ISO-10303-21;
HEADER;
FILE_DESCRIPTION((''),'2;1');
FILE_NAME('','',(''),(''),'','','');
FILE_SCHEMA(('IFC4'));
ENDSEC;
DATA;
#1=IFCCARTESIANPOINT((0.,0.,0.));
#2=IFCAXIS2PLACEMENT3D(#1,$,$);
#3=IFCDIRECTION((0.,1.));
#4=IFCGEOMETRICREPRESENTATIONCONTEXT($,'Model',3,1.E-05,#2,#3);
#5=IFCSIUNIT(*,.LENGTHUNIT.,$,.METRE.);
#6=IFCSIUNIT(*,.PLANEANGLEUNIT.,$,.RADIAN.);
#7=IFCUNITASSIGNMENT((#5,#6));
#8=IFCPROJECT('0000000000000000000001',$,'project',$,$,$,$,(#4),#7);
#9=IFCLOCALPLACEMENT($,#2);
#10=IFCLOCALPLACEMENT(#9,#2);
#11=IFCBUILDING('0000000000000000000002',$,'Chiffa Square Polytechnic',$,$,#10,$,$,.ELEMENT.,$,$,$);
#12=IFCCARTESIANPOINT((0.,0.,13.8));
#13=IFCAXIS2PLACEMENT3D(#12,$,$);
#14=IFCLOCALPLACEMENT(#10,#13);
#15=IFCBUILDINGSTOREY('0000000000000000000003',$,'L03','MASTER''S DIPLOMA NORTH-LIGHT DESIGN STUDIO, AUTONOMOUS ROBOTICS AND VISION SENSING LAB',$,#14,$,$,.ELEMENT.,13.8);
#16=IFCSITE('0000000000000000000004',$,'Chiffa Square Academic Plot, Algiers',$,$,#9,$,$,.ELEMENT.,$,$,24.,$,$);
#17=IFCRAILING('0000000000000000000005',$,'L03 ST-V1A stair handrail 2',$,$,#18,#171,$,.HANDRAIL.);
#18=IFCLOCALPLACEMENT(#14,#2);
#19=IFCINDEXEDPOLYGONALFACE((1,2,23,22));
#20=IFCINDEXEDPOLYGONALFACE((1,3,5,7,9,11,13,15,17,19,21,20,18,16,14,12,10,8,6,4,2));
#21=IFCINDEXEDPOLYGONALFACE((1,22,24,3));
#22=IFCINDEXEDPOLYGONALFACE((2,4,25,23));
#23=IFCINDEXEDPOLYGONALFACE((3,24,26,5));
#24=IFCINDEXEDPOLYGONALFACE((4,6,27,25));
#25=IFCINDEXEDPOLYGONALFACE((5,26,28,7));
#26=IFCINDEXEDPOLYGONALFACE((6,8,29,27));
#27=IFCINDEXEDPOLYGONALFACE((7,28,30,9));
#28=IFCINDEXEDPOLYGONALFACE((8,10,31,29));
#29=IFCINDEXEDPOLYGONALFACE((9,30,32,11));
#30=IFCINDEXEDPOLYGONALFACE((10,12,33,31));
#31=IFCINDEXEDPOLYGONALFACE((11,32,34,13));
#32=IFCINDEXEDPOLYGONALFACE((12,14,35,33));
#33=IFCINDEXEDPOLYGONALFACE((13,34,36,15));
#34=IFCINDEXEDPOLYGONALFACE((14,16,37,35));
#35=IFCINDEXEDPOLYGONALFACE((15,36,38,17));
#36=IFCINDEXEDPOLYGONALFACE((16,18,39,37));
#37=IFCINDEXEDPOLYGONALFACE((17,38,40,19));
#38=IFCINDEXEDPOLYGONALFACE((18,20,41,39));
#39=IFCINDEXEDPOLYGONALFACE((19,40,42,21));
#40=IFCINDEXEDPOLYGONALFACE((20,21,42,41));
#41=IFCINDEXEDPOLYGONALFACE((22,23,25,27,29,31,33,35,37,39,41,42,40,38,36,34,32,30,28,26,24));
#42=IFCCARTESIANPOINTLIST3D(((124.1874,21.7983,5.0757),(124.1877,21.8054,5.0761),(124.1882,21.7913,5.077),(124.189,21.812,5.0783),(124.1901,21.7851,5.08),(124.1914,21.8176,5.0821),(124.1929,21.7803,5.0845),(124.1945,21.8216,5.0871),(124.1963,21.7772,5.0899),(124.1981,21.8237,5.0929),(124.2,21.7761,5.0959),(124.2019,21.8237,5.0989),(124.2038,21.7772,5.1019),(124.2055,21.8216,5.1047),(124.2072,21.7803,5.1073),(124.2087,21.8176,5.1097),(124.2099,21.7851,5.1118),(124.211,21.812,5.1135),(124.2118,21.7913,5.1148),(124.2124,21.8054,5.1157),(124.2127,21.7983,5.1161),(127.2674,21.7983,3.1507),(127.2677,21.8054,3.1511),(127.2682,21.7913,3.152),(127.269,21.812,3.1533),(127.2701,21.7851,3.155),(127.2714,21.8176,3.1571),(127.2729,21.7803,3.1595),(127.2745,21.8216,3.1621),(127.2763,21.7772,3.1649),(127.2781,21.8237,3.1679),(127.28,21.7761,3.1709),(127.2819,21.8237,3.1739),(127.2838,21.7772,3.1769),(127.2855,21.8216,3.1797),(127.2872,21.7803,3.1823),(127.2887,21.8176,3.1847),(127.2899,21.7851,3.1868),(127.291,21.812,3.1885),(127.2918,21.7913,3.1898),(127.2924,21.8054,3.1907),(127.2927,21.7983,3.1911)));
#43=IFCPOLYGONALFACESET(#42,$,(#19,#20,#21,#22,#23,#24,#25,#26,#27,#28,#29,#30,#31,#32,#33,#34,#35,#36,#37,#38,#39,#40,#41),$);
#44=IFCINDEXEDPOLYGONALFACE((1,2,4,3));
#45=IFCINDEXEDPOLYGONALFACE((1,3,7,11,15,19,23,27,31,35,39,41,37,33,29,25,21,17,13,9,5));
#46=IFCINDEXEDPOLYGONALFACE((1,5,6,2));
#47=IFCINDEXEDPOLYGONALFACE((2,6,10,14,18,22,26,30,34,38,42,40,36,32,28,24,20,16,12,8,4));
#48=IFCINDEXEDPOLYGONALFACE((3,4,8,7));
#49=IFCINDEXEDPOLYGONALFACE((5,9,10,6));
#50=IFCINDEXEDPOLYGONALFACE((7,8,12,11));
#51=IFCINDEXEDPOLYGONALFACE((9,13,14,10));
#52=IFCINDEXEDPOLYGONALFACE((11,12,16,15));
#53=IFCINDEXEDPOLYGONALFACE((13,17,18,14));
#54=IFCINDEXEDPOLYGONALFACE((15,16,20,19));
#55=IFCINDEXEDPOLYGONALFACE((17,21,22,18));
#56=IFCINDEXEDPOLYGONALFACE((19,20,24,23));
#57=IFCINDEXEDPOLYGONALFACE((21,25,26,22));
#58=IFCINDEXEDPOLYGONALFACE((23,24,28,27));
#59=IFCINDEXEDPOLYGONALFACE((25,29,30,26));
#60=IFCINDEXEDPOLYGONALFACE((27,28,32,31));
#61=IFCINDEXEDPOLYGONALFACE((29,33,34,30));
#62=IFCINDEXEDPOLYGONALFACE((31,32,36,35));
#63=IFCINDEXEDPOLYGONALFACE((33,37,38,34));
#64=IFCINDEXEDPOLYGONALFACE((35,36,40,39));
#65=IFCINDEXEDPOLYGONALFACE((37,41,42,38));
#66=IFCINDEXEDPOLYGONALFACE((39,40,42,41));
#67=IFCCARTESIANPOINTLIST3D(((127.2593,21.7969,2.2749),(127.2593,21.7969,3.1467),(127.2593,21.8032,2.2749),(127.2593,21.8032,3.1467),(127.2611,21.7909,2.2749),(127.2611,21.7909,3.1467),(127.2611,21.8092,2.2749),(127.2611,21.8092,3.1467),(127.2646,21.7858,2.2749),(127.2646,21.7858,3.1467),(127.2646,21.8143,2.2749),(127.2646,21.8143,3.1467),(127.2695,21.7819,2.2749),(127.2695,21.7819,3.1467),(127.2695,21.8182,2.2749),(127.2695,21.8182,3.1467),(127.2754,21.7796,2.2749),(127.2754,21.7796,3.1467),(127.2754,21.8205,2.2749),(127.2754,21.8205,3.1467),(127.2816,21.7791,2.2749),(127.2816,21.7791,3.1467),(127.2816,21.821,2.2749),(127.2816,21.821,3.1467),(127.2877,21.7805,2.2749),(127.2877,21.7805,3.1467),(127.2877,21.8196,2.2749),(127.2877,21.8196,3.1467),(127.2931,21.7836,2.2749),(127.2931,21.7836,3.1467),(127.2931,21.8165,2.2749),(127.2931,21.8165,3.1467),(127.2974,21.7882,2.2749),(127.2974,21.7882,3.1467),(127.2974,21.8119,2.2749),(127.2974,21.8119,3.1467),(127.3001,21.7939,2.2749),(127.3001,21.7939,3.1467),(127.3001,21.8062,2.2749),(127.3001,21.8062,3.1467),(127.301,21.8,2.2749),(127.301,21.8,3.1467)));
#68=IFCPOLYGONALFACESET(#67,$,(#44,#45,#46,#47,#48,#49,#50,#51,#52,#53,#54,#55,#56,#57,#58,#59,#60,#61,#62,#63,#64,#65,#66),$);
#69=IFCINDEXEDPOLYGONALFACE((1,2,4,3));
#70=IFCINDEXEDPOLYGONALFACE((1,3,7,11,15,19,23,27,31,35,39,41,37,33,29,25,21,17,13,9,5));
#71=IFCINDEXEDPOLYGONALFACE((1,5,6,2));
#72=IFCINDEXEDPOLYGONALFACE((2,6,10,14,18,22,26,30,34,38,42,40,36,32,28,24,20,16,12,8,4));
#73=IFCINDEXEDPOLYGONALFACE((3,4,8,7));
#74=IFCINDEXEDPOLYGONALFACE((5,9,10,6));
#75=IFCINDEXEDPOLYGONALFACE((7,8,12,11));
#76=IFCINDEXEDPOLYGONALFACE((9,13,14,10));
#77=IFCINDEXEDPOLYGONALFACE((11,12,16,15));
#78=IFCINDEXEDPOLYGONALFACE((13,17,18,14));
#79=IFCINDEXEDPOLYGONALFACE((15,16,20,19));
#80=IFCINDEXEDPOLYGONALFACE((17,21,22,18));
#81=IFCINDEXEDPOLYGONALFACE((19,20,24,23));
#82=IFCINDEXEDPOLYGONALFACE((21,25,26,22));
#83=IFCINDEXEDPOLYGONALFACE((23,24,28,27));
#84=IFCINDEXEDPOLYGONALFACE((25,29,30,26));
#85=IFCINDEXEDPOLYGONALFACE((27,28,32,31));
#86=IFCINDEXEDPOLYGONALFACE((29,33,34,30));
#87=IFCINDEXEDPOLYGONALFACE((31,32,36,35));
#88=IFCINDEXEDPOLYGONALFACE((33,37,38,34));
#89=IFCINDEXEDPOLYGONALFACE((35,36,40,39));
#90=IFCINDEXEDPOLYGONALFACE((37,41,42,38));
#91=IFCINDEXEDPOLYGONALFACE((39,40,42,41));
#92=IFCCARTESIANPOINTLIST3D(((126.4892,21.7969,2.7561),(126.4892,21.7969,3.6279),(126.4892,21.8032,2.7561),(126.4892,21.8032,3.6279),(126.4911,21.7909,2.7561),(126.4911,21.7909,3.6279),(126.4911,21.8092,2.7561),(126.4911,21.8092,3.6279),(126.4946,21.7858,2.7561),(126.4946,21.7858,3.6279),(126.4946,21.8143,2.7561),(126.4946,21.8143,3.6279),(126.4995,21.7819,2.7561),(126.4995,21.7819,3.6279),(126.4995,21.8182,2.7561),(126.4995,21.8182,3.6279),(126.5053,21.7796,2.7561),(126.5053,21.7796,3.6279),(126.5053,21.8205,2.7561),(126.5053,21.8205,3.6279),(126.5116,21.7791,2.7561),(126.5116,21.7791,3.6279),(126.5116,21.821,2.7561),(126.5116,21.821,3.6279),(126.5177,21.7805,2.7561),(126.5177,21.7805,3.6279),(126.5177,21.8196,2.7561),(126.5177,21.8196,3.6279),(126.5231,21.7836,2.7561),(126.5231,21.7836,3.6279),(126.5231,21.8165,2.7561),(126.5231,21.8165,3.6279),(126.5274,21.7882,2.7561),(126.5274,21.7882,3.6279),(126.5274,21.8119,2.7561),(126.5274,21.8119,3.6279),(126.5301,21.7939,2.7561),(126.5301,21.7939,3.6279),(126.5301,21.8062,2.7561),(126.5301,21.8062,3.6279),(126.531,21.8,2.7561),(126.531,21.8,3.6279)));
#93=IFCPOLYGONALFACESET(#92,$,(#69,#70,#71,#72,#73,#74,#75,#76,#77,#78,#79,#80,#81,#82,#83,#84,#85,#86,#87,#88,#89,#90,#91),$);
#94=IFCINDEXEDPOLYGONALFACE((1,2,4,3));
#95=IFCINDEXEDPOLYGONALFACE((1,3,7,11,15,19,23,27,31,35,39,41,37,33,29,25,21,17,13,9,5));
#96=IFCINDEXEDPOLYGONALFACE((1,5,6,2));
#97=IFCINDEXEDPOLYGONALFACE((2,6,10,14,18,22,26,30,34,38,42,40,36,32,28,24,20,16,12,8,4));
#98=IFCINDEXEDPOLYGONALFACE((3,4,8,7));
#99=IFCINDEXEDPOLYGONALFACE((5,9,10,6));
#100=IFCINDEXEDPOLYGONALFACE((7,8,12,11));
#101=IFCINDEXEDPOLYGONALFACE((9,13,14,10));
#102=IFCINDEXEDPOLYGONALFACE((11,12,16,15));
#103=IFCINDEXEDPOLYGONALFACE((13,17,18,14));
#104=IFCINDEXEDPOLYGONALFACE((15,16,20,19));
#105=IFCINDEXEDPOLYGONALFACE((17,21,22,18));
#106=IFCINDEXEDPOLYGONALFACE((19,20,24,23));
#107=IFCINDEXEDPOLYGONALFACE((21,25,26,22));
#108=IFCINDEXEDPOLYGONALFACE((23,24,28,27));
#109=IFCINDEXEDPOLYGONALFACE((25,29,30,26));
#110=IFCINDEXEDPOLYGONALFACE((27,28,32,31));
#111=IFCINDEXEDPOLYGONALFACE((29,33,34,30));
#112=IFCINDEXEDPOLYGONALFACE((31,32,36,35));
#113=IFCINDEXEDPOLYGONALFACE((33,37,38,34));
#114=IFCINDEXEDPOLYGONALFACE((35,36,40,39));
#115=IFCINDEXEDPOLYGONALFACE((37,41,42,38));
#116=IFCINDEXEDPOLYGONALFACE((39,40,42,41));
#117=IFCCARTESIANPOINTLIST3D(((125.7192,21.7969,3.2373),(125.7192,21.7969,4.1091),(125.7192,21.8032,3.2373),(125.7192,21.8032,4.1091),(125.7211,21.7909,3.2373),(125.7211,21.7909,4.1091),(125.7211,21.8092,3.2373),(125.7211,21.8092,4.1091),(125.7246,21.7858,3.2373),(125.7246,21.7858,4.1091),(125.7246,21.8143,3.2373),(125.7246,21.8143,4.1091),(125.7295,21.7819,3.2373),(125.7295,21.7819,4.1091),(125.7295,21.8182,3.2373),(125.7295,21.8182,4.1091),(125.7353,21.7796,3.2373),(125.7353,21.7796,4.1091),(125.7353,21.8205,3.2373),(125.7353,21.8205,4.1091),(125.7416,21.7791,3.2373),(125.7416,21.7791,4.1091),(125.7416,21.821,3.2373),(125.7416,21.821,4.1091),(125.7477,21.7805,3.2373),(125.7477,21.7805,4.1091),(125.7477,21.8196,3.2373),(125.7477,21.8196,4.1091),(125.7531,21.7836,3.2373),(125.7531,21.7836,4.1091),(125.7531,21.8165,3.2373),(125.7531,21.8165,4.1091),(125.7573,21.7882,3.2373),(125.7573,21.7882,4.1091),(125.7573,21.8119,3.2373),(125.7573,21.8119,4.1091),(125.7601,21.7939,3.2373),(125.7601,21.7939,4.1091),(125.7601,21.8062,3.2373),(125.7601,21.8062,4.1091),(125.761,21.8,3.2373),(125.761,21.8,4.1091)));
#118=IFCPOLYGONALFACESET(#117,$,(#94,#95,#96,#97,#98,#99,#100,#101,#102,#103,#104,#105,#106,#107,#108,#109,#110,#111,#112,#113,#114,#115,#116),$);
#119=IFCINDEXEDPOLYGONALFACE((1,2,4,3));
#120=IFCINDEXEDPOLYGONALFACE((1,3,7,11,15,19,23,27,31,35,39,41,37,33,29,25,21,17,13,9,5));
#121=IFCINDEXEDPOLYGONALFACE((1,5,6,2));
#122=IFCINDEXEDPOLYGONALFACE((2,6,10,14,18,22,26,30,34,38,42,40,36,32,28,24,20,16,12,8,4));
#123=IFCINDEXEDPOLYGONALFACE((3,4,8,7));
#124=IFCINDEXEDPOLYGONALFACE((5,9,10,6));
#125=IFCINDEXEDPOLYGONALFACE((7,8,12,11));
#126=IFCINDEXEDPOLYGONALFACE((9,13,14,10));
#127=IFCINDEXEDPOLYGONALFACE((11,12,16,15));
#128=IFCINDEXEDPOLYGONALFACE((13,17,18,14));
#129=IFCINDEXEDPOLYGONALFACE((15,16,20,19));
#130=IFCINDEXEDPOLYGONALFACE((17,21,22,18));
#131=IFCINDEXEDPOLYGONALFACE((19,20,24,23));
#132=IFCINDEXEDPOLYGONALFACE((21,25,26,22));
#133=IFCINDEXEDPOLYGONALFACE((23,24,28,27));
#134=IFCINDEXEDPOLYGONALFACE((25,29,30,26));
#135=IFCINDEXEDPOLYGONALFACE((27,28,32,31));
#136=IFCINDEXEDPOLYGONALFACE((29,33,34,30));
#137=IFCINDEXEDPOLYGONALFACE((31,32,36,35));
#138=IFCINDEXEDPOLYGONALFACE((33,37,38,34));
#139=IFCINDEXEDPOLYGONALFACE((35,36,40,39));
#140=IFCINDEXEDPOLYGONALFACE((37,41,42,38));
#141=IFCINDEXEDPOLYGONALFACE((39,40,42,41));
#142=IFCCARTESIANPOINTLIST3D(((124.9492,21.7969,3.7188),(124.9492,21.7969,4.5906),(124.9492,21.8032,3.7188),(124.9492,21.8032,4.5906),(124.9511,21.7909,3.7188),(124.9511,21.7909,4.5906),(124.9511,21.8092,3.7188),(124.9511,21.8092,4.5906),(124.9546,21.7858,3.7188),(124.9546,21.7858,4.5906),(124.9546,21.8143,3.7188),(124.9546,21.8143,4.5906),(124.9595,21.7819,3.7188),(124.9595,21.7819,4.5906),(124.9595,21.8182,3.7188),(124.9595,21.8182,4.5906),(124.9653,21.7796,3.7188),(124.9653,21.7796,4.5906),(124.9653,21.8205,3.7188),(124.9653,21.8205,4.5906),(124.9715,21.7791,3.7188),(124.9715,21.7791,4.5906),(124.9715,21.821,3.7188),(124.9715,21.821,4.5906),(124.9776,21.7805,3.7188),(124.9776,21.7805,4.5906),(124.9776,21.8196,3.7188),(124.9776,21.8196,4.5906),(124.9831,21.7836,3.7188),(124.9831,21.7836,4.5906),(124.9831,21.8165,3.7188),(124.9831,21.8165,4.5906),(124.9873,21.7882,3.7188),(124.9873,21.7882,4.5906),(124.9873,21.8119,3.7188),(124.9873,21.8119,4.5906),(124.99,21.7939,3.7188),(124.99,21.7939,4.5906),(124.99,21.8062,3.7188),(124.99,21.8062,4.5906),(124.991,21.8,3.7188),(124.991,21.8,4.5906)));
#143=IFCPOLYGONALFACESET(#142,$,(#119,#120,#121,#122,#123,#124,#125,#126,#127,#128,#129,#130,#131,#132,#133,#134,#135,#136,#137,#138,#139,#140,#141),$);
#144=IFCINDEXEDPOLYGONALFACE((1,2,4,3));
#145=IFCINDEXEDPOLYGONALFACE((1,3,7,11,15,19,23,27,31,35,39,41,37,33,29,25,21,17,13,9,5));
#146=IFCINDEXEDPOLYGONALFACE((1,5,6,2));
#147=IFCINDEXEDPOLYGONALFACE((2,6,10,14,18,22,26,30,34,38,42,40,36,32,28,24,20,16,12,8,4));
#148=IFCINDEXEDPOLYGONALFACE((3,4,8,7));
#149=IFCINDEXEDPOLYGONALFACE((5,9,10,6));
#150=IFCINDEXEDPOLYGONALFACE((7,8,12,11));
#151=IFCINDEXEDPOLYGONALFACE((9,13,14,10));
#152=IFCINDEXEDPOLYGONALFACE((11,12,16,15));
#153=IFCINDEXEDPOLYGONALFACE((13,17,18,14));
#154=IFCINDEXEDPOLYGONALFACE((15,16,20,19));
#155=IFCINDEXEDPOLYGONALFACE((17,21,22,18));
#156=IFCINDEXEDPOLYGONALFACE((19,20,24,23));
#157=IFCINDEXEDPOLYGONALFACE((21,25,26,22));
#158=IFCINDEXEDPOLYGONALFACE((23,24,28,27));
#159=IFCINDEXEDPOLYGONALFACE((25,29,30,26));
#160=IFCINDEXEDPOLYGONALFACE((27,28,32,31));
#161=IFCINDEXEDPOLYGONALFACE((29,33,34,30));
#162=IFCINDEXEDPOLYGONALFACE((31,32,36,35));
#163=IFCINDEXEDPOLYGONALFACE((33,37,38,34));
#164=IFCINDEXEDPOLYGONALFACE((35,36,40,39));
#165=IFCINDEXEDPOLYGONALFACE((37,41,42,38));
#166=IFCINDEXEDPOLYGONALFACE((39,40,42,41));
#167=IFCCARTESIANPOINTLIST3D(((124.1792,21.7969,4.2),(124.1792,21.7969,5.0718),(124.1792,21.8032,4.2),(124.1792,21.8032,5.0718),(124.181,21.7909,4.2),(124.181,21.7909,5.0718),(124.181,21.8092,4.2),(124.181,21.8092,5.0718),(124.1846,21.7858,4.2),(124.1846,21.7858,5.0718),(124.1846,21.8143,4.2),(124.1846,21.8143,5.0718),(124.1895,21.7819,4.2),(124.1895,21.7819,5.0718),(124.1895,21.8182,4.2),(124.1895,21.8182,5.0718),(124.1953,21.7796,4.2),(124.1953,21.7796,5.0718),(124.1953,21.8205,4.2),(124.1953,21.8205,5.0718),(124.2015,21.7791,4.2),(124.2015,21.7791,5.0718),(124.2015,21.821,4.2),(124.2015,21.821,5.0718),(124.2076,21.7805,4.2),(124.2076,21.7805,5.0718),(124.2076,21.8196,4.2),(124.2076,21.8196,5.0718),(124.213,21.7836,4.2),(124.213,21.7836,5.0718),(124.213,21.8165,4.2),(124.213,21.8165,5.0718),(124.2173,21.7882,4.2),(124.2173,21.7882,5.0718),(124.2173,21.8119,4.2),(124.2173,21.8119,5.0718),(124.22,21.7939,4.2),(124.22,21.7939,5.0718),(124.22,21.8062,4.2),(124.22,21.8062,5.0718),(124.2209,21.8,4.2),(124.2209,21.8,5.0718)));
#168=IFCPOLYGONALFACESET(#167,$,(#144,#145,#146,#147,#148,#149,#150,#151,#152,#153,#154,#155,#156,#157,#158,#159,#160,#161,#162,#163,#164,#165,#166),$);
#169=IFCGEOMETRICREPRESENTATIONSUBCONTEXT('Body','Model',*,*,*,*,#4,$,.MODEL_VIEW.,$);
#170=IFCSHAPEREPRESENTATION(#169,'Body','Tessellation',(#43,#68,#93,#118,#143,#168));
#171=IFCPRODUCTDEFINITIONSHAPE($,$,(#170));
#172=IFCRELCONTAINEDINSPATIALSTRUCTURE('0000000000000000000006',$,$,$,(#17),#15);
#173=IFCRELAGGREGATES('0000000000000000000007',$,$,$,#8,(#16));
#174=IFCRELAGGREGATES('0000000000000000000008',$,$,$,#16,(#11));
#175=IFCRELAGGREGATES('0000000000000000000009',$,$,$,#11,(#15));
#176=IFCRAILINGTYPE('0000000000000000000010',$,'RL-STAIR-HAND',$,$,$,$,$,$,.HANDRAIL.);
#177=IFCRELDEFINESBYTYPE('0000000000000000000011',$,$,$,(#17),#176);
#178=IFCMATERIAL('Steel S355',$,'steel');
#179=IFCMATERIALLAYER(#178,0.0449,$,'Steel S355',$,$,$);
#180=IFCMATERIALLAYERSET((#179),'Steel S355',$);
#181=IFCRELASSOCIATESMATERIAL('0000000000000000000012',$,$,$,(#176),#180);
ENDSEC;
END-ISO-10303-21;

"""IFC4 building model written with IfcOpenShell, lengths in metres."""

from ifc_helpers import new_model, si_unit, direction, frame, origin, origin_2d, place, context, subcontext, project, spatial, circle, extrude, material, layer, layer_set, type_object, element, save


model = new_model("IFC4")

# Units and contexts
model_context = context("Model", 3, precision=1e-05, world=origin(), true_north=direction((0.0, 1.0)))
body_context = subcontext(model_context, "Body", "Model", "MODEL_VIEW")
ifc_project = project(units=[si_unit("LENGTHUNIT", "METRE"), si_unit("PLANEANGLEUNIT", "RADIAN")], contexts=[model_context])

# Site, building, storey
site_placement = place(None, origin())
site = spatial("IfcSite", under=ifc_project, at=site_placement, Name="Chiffa Square Academic Plot, Algiers", CompositionType="ELEMENT", RefElevation=24.0)
building_placement = place(site_placement, origin())
building = spatial("IfcBuilding", under=site, at=building_placement, Name="Chiffa Square Polytechnic", CompositionType="ELEMENT")
storey_placement = place(building_placement, frame((0.0, 0.0, 13.8)))
storey = spatial("IfcBuildingStorey", under=building, at=storey_placement, Name="L03", Description="MASTER'S DIPLOMA NORTH-LIGHT DESIGN STUDIO, AUTONOMOUS ROBOTICS AND VISION SENSING LAB", CompositionType="ELEMENT", Elevation=13.8)

# Railing
ifc_material_1 = material(Name="Steel S355", Category="steel")
ifc_layer_1 = layer(ifc_material_1, 0.0449, Name="Steel S355")
ifc_layer_set_1 = layer_set([ifc_layer_1], Name="Steel S355")
railing_type_1 = type_object("IfcRailingType", Name="RL-STAIR-HAND", PredefinedType="HANDRAIL", material=ifc_layer_set_1)
railing_1_placement = place(storey_placement, frame((127.28, 21.8, 2.2749)))
element("IfcRailing", 1, at=railing_1_placement, inside=storey, type_object=railing_type_1, Name="L03 ST-V1A stair handrail 2", PredefinedType="HANDRAIL", context=body_context, shape_type="SweptSolid", body=[
    extrude(circle(Radius=0.0239, at=origin_2d()), frame((0.0, 0.0, 0.896), z_axis=(-0.847998, 0.0, 0.529999), x_axis=(0.0, -1.0, 0.0)), (0.0, 0.0, 1.0), 3.6321),
    extrude(circle(Radius=0.021, at=origin_2d()), origin(), (0.0, 0.0, 1.0), 0.8718),
    extrude(circle(Radius=0.021, at=origin_2d()), frame((-0.77, 0.0, 0.4812)), (0.0, 0.0, 1.0), 0.8718),
    extrude(circle(Radius=0.021, at=origin_2d()), frame((-1.54, 0.0, 0.9624)), (0.0, 0.0, 1.0), 0.8718),
    extrude(circle(Radius=0.021, at=origin_2d()), frame((-2.3101, 0.0, 1.4438)), (0.0, 0.0, 1.0), 0.8718),
    extrude(circle(Radius=0.021, at=origin_2d()), frame((-3.0801, 0.0, 1.925)), (0.0, 0.0, 1.0), 0.8718),
])

save(model, "model.ifc")
